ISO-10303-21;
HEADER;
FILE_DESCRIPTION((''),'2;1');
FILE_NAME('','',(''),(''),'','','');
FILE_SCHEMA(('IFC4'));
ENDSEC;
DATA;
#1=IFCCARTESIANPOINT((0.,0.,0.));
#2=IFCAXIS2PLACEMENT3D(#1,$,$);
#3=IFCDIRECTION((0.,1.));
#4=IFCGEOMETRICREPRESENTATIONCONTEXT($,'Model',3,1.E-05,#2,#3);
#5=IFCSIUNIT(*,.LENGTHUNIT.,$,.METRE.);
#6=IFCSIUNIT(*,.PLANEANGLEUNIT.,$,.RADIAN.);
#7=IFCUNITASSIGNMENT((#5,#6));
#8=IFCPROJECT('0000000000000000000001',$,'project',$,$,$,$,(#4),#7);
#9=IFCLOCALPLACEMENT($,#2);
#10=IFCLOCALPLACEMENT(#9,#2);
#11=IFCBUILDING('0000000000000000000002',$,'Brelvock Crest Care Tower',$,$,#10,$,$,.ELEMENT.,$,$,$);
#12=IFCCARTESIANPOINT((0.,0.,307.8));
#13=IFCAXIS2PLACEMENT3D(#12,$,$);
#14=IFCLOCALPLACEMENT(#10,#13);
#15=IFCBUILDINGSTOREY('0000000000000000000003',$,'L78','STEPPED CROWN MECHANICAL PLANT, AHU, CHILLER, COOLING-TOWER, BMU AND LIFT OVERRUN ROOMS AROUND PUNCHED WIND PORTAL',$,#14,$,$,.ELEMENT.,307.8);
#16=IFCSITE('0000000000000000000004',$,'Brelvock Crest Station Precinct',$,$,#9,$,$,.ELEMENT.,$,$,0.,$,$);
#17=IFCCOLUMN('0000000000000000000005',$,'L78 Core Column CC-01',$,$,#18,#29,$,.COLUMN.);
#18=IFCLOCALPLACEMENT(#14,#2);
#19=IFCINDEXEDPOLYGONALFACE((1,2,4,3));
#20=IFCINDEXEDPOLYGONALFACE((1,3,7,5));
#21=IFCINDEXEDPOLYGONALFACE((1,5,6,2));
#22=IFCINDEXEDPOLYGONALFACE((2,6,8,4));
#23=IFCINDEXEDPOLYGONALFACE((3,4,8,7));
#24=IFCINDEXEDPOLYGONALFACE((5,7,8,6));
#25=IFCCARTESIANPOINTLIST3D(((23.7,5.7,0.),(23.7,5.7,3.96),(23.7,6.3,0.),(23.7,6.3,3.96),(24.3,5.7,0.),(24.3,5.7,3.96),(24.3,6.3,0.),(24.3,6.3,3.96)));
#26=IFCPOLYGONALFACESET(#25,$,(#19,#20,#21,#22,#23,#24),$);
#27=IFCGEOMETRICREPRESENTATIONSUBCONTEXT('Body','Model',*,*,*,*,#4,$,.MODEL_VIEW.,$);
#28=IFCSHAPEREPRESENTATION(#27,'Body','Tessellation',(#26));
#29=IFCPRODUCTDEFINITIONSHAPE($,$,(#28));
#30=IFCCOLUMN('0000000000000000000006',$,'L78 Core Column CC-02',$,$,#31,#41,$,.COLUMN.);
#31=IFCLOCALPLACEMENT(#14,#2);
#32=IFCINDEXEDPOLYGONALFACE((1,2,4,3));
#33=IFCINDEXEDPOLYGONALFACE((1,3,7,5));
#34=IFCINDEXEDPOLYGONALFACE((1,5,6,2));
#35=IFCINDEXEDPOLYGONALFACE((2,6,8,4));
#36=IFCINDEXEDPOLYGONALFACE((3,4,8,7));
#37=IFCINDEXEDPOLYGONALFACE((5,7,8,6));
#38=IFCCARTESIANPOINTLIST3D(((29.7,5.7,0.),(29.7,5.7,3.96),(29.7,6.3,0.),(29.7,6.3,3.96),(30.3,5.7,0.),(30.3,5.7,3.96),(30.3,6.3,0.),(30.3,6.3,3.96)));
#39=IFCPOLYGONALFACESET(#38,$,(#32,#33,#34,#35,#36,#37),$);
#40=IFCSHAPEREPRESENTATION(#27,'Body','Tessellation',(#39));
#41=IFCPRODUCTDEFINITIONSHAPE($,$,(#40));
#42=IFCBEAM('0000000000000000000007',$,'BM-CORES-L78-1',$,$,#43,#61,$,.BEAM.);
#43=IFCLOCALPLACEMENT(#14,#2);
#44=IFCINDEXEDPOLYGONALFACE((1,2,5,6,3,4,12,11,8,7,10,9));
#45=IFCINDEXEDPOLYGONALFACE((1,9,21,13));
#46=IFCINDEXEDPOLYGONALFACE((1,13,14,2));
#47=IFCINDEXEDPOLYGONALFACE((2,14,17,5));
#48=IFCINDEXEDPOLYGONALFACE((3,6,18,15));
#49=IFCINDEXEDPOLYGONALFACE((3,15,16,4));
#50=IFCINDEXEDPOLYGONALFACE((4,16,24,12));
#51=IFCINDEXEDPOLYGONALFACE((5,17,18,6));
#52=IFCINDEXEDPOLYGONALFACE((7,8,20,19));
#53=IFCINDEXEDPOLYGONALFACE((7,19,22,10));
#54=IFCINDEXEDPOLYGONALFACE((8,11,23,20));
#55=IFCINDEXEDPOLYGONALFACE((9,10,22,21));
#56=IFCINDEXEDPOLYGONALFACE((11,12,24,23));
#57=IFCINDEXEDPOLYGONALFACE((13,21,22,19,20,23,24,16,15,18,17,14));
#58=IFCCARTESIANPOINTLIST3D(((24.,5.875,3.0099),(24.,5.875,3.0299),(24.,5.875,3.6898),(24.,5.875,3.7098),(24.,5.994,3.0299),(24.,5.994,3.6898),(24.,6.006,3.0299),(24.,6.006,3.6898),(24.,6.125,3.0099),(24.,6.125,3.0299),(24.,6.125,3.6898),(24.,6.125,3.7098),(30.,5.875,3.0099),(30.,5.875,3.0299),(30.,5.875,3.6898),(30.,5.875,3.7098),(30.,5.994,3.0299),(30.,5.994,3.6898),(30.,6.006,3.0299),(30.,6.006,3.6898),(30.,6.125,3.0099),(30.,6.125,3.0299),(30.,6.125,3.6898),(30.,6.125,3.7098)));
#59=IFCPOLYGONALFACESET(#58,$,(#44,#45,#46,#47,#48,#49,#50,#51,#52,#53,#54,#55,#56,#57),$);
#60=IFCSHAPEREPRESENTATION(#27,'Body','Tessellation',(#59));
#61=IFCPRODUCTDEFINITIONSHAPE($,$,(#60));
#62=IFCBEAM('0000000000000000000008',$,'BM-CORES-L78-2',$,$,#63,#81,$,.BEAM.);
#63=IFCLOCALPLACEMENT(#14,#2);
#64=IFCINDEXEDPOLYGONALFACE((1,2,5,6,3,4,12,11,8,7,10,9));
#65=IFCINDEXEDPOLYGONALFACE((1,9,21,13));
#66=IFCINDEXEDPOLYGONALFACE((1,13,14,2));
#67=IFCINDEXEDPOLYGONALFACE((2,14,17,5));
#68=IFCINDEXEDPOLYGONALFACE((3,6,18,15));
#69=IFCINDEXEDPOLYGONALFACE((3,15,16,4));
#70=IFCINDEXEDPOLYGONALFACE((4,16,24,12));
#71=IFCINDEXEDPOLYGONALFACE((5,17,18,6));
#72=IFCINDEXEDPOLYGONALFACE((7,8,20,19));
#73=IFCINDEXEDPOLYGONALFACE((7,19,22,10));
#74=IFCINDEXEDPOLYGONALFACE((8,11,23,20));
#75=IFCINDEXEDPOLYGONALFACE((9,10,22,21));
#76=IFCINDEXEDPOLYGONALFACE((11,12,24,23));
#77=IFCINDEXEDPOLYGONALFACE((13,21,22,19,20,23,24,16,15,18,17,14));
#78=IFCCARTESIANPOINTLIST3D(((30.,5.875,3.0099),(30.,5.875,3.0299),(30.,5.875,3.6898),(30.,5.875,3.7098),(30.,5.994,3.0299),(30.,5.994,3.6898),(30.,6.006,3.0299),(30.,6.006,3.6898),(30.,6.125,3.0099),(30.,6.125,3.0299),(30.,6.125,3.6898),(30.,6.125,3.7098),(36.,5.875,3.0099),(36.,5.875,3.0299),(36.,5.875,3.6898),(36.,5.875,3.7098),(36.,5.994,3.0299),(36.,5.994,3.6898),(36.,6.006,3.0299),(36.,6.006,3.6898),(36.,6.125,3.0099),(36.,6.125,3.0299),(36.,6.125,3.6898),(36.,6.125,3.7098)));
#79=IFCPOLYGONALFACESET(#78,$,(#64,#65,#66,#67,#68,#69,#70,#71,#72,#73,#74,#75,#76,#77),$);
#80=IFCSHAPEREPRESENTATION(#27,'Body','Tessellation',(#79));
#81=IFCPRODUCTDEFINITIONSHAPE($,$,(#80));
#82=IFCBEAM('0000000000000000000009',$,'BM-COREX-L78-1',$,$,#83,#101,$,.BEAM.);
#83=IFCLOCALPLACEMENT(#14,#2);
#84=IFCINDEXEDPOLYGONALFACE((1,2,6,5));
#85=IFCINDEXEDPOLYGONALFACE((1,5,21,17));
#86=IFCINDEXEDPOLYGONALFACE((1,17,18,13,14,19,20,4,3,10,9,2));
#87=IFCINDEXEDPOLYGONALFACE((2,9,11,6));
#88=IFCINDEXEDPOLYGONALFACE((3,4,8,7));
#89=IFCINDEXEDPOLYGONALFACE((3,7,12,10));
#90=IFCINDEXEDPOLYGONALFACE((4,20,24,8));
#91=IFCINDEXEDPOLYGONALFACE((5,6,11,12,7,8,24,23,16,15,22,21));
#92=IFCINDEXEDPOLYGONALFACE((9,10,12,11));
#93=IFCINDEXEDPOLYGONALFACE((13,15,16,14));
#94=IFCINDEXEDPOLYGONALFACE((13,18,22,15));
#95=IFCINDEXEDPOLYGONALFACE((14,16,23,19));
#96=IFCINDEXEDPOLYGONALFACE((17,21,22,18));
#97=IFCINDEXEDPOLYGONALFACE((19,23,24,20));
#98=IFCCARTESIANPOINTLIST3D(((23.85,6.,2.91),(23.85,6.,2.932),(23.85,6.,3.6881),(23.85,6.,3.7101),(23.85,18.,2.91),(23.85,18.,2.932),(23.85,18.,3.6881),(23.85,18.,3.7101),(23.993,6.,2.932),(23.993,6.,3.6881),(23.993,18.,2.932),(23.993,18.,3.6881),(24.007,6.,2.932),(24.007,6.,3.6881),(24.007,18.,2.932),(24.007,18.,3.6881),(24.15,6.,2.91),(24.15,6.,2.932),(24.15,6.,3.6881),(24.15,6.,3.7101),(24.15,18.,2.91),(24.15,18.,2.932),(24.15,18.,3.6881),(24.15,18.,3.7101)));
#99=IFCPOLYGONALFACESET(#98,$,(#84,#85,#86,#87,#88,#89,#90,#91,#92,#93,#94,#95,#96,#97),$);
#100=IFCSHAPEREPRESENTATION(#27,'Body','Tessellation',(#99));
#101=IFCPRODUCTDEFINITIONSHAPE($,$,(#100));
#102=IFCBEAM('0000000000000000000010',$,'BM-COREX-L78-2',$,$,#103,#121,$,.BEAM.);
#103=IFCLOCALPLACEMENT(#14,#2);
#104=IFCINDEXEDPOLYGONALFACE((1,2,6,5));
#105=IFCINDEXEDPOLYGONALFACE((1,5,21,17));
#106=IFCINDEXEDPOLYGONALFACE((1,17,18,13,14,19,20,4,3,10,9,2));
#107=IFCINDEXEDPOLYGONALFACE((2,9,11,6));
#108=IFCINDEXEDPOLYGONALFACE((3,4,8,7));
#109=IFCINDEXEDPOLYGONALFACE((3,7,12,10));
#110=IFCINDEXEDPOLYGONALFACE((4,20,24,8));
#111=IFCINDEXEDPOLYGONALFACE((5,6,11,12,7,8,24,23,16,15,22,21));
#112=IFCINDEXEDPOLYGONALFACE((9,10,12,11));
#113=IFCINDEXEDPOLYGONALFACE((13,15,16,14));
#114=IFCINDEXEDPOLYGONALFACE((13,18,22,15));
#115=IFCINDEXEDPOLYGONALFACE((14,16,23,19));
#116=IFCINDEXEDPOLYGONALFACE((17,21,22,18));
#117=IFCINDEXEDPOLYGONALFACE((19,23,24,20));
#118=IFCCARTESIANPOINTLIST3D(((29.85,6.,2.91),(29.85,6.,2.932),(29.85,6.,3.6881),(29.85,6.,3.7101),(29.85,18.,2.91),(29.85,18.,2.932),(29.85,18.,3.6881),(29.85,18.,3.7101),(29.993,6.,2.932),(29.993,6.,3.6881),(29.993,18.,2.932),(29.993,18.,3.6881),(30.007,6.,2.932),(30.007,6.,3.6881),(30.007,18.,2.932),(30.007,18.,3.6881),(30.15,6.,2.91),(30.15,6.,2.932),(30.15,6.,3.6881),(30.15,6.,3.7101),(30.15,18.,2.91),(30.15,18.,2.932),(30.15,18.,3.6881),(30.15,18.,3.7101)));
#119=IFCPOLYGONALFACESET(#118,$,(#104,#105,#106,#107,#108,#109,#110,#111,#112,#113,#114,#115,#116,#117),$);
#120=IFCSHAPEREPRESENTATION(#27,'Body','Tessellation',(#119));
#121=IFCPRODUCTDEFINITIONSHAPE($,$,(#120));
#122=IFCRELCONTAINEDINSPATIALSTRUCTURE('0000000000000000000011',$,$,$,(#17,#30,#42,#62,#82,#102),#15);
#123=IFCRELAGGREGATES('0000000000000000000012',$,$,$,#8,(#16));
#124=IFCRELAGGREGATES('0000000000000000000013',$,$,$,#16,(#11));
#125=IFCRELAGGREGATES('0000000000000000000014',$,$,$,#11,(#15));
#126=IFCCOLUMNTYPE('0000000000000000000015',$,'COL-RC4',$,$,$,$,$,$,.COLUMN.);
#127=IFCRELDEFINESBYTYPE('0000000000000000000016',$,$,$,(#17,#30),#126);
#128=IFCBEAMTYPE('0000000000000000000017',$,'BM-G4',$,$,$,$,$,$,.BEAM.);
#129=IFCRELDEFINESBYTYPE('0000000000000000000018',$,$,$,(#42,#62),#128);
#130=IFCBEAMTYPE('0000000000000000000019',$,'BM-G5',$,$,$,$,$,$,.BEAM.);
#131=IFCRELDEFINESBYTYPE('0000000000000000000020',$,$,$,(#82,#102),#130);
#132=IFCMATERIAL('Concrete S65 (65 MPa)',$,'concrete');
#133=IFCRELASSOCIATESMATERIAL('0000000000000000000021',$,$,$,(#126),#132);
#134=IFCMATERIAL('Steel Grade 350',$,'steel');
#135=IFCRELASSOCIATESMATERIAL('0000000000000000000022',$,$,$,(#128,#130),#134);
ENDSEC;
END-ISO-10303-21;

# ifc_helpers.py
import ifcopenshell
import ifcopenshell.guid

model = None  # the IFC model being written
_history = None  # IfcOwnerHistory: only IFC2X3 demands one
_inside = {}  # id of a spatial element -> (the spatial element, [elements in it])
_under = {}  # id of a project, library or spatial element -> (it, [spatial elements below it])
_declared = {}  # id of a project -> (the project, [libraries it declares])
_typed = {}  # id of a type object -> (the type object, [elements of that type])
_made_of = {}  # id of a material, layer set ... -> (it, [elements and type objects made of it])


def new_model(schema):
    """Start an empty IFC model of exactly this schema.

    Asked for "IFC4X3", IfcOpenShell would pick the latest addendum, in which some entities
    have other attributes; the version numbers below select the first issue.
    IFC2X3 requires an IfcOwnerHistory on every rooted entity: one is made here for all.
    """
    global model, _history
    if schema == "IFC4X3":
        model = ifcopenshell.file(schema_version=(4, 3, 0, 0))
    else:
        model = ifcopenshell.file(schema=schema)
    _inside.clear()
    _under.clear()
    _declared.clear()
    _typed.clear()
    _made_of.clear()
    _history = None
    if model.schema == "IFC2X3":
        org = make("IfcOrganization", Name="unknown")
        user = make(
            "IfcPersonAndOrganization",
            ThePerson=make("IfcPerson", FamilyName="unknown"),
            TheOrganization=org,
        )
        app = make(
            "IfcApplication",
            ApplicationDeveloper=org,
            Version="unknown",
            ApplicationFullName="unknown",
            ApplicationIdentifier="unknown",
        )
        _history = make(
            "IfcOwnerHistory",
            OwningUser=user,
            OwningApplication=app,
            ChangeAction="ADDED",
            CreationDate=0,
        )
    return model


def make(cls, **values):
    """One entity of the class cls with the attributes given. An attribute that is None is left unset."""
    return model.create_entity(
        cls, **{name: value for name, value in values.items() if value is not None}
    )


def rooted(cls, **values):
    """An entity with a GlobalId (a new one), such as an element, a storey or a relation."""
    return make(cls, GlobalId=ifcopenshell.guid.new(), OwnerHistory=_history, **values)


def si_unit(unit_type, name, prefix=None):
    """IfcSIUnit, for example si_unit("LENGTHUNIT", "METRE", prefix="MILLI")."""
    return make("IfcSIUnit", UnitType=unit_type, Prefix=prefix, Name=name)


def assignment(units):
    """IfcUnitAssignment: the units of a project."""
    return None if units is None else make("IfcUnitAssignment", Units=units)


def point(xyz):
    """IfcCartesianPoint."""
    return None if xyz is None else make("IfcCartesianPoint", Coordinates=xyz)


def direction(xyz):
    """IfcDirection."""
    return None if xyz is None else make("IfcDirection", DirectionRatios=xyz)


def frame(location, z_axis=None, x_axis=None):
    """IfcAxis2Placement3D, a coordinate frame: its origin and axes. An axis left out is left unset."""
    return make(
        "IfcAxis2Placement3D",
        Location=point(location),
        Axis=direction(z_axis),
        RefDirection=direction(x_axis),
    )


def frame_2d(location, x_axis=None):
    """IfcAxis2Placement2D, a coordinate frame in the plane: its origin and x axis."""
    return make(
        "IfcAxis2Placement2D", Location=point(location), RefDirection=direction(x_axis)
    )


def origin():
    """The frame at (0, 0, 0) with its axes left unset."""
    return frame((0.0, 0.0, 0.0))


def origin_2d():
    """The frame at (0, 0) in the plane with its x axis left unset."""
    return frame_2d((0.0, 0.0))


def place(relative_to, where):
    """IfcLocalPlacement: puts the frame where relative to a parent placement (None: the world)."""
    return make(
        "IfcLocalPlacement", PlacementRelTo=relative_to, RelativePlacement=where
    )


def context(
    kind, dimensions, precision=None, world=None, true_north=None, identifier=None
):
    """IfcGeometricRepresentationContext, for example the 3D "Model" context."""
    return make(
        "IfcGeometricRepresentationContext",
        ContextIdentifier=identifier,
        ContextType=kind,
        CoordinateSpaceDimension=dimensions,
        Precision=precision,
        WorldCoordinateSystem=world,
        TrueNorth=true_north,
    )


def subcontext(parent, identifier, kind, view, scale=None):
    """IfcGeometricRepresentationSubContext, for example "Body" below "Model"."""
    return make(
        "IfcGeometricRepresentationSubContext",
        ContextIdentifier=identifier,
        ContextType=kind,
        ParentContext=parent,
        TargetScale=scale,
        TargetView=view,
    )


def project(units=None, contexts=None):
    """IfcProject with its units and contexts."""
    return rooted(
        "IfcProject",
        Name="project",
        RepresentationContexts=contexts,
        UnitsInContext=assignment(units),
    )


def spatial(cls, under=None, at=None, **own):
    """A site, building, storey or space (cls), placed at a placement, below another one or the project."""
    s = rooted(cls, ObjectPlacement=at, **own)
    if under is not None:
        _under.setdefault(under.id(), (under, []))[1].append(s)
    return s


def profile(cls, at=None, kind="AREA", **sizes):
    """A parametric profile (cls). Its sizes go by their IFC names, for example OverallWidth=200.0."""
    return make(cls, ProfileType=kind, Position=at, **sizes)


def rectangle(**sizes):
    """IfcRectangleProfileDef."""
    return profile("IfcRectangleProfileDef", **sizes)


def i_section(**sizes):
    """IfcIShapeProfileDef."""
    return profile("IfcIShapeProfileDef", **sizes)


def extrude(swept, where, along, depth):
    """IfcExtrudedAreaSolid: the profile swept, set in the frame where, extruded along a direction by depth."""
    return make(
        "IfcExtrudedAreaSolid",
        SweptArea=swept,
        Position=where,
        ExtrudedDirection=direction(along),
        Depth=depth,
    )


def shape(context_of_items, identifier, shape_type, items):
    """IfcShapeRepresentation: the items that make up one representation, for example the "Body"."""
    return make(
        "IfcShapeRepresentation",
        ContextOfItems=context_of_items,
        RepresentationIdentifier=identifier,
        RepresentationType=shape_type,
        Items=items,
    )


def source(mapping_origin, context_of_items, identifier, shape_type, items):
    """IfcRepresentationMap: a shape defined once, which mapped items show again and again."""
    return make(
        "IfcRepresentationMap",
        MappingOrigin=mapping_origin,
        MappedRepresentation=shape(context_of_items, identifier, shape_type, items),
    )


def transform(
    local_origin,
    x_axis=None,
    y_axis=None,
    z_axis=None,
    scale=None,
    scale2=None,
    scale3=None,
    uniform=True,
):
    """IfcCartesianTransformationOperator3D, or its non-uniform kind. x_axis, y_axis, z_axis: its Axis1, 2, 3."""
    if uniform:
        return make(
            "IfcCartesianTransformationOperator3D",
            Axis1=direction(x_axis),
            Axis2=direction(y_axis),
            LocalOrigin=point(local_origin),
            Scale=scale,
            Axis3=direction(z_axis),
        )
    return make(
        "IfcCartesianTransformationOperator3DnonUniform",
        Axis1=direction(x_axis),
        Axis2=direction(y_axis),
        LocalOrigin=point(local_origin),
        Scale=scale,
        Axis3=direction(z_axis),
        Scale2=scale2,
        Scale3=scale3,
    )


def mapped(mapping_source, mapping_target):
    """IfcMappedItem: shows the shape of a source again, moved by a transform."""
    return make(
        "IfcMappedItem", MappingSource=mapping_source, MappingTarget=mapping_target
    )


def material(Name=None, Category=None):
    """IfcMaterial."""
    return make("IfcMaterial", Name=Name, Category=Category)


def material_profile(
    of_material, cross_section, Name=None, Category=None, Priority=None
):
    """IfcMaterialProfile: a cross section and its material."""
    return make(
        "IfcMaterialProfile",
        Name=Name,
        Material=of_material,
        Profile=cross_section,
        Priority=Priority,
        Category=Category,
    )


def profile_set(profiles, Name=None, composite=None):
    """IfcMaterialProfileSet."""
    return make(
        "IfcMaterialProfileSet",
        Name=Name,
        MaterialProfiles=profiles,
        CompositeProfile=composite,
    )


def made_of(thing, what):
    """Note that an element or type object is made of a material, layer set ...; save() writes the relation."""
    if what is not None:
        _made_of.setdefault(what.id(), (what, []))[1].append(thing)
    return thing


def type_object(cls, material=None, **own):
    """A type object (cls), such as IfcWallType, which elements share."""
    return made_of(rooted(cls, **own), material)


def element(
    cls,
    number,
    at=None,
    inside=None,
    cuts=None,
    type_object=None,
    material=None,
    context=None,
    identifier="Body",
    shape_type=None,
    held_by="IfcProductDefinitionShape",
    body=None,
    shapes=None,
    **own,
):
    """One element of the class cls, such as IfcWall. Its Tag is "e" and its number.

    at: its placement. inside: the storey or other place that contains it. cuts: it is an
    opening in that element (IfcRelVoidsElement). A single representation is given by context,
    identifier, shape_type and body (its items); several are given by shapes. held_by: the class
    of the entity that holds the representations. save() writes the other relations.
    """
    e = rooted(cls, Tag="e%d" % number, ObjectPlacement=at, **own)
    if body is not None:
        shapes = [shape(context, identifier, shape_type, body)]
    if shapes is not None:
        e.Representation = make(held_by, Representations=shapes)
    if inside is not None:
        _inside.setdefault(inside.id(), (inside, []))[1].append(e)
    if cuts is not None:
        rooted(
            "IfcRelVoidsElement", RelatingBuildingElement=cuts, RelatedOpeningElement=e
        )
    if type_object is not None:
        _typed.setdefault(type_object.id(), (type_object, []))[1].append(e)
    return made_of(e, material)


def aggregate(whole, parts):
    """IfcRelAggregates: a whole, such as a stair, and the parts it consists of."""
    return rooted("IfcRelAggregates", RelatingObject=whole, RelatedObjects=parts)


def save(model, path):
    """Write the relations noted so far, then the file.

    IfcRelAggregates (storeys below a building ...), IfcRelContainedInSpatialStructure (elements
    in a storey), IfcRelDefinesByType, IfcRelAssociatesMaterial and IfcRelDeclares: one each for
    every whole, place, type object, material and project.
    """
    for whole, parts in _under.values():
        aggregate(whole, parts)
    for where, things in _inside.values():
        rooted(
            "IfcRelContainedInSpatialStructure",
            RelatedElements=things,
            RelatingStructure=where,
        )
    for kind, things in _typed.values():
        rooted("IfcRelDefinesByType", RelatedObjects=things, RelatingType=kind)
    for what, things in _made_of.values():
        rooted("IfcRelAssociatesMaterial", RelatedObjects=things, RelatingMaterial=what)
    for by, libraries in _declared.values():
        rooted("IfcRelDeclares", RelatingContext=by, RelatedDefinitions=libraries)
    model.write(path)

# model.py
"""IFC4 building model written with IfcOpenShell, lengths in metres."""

from ifc_helpers import new_model, si_unit, direction, frame, origin, origin_2d, place, context, subcontext, project, spatial, rectangle, i_section, extrude, source, transform, mapped, material, material_profile, profile_set, type_object, element, save


model = new_model("IFC4")

# Units and contexts
model_context = context("Model", 3, precision=1e-05, world=origin(), true_north=direction((0.0, 1.0)))
body_context = subcontext(model_context, "Body", "Model", "MODEL_VIEW")
ifc_project = project(units=[si_unit("LENGTHUNIT", "METRE"), si_unit("PLANEANGLEUNIT", "RADIAN")], contexts=[model_context])

# Site, building, storey
site_placement = place(None, origin())
site = spatial("IfcSite", under=ifc_project, at=site_placement, Name="Brelvock Crest Station Precinct", CompositionType="ELEMENT", RefElevation=0.0)
building_placement = place(site_placement, origin())
building = spatial("IfcBuilding", under=site, at=building_placement, Name="Brelvock Crest Care Tower", CompositionType="ELEMENT")
storey_placement = place(building_placement, frame((0.0, 0.0, 307.8)))
storey = spatial("IfcBuildingStorey", under=building, at=storey_placement, Name="L78", Description="STEPPED CROWN MECHANICAL PLANT, AHU, CHILLER, COOLING-TOWER, BMU AND LIFT OVERRUN ROOMS AROUND PUNCHED WIND PORTAL", CompositionType="ELEMENT", Elevation=307.8)

# Columns
ifc_material_1 = material(Name="Concrete S65 (65 MPa)", Category="concrete")
ifc_material_profile_1 = material_profile(ifc_material_1, rectangle(XDim=0.6001, YDim=0.6001, at=origin_2d()), Name="RC600x600")
ifc_profile_set_1 = profile_set([ifc_material_profile_1], Name="Concrete S65 (65 MPa)")
column_type = type_object("IfcColumnType", Name="COL-RC4", PredefinedType="COLUMN", material=ifc_profile_set_1)
shared_shape_1 = source(origin(), body_context, "Body", "SweptSolid", [
    extrude(rectangle(XDim=0.6001, YDim=0.6001, at=origin_2d()), origin(), (0.0, 0.0, 1.0), 3.96),
])
for number, where, z_axis, x_axis, name in (
    (1, (24.0, 6.0, 0.0), (0.0, 0.0, 1.0), (1.0, 0.0, 0.0), "L78 Core Column CC-01"),
    (2, (30.0, 6.0, 0.0), (0.0, 0.0, 1.0), (1.0, 0.0, 0.0), "L78 Core Column CC-02"),
):
    element("IfcColumn", number, at=place(storey_placement, frame(where, z_axis=z_axis, x_axis=x_axis)), inside=storey, type_object=column_type, Name=name, PredefinedType="COLUMN", context=body_context, shape_type="MappedRepresentation", body=[
        mapped(shared_shape_1, transform((0.0, 0.0, 0.0), x_axis=(1.0, 0.0, 0.0), y_axis=(0.0, 1.0, 0.0), z_axis=(0.0, 0.0, 1.0), scale=1.0)),
    ])

# Beams
ifc_material_2 = material(Name="Steel Grade 350", Category="steel")
ifc_material_profile_2 = material_profile(ifc_material_2, i_section(OverallWidth=0.25, OverallDepth=0.7, WebThickness=0.012, FlangeThickness=0.02, at=origin_2d()), Name="700WB150")
ifc_profile_set_2 = profile_set([ifc_material_profile_2], Name="Steel Grade 350")
beam_type_1 = type_object("IfcBeamType", Name="BM-G4", PredefinedType="BEAM", material=ifc_profile_set_2)
shared_shape_2 = source(origin(), body_context, "Body", "SweptSolid", [
    extrude(i_section(OverallWidth=0.25, OverallDepth=0.7, WebThickness=0.012, FlangeThickness=0.02, at=origin_2d()), origin(), (0.0, 0.0, 1.0), 6.0),
])
for number, where, z_axis, x_axis, name in (
    (3, (24.0, 6.0, 3.3599), (1.0, 0.0, 0.0), (0.0, 1.0, 0.0), "BM-CORES-L78-1"),
    (4, (30.0, 6.0, 3.3599), (1.0, 0.0, 0.0), (0.0, 1.0, 0.0), "BM-CORES-L78-2"),
):
    element("IfcBeam", number, at=place(storey_placement, frame(where, z_axis=z_axis, x_axis=x_axis)), inside=storey, type_object=beam_type_1, Name=name, PredefinedType="BEAM", context=body_context, shape_type="MappedRepresentation", body=[
        mapped(shared_shape_2, transform((0.0, 0.0, 0.0), x_axis=(1.0, 0.0, 0.0), y_axis=(0.0, 1.0, 0.0), z_axis=(0.0, 0.0, 1.0), scale=1.0)),
    ])
ifc_material_profile_3 = material_profile(ifc_material_2, i_section(OverallWidth=0.3, OverallDepth=0.8, WebThickness=0.0139, FlangeThickness=0.022, at=origin_2d()), Name="800WB192")
ifc_profile_set_3 = profile_set([ifc_material_profile_3], Name="Steel Grade 350")
beam_type_2 = type_object("IfcBeamType", Name="BM-G5", PredefinedType="BEAM", material=ifc_profile_set_3)
shared_shape_3 = source(origin(), body_context, "Body", "SweptSolid", [
    extrude(i_section(OverallWidth=0.3, OverallDepth=0.8, WebThickness=0.0139, FlangeThickness=0.022, at=origin_2d()), origin(), (0.0, 0.0, 1.0), 12.0),
])
for number, where, z_axis, x_axis, name in (
    (5, (24.0, 6.0, 3.3101), (0.0, 1.0, 0.0), (-1.0, 0.0, 0.0), "BM-COREX-L78-1"),
    (6, (30.0, 6.0, 3.3101), (0.0, 1.0, 0.0), (-1.0, 0.0, 0.0), "BM-COREX-L78-2"),
):
    element("IfcBeam", number, at=place(storey_placement, frame(where, z_axis=z_axis, x_axis=x_axis)), inside=storey, type_object=beam_type_2, Name=name, PredefinedType="BEAM", context=body_context, shape_type="MappedRepresentation", body=[
        mapped(shared_shape_3, transform((0.0, 0.0, 0.0), x_axis=(1.0, 0.0, 0.0), y_axis=(0.0, 1.0, 0.0), z_axis=(0.0, 0.0, 1.0), scale=1.0)),
    ])

save(model, "model.ifc")
